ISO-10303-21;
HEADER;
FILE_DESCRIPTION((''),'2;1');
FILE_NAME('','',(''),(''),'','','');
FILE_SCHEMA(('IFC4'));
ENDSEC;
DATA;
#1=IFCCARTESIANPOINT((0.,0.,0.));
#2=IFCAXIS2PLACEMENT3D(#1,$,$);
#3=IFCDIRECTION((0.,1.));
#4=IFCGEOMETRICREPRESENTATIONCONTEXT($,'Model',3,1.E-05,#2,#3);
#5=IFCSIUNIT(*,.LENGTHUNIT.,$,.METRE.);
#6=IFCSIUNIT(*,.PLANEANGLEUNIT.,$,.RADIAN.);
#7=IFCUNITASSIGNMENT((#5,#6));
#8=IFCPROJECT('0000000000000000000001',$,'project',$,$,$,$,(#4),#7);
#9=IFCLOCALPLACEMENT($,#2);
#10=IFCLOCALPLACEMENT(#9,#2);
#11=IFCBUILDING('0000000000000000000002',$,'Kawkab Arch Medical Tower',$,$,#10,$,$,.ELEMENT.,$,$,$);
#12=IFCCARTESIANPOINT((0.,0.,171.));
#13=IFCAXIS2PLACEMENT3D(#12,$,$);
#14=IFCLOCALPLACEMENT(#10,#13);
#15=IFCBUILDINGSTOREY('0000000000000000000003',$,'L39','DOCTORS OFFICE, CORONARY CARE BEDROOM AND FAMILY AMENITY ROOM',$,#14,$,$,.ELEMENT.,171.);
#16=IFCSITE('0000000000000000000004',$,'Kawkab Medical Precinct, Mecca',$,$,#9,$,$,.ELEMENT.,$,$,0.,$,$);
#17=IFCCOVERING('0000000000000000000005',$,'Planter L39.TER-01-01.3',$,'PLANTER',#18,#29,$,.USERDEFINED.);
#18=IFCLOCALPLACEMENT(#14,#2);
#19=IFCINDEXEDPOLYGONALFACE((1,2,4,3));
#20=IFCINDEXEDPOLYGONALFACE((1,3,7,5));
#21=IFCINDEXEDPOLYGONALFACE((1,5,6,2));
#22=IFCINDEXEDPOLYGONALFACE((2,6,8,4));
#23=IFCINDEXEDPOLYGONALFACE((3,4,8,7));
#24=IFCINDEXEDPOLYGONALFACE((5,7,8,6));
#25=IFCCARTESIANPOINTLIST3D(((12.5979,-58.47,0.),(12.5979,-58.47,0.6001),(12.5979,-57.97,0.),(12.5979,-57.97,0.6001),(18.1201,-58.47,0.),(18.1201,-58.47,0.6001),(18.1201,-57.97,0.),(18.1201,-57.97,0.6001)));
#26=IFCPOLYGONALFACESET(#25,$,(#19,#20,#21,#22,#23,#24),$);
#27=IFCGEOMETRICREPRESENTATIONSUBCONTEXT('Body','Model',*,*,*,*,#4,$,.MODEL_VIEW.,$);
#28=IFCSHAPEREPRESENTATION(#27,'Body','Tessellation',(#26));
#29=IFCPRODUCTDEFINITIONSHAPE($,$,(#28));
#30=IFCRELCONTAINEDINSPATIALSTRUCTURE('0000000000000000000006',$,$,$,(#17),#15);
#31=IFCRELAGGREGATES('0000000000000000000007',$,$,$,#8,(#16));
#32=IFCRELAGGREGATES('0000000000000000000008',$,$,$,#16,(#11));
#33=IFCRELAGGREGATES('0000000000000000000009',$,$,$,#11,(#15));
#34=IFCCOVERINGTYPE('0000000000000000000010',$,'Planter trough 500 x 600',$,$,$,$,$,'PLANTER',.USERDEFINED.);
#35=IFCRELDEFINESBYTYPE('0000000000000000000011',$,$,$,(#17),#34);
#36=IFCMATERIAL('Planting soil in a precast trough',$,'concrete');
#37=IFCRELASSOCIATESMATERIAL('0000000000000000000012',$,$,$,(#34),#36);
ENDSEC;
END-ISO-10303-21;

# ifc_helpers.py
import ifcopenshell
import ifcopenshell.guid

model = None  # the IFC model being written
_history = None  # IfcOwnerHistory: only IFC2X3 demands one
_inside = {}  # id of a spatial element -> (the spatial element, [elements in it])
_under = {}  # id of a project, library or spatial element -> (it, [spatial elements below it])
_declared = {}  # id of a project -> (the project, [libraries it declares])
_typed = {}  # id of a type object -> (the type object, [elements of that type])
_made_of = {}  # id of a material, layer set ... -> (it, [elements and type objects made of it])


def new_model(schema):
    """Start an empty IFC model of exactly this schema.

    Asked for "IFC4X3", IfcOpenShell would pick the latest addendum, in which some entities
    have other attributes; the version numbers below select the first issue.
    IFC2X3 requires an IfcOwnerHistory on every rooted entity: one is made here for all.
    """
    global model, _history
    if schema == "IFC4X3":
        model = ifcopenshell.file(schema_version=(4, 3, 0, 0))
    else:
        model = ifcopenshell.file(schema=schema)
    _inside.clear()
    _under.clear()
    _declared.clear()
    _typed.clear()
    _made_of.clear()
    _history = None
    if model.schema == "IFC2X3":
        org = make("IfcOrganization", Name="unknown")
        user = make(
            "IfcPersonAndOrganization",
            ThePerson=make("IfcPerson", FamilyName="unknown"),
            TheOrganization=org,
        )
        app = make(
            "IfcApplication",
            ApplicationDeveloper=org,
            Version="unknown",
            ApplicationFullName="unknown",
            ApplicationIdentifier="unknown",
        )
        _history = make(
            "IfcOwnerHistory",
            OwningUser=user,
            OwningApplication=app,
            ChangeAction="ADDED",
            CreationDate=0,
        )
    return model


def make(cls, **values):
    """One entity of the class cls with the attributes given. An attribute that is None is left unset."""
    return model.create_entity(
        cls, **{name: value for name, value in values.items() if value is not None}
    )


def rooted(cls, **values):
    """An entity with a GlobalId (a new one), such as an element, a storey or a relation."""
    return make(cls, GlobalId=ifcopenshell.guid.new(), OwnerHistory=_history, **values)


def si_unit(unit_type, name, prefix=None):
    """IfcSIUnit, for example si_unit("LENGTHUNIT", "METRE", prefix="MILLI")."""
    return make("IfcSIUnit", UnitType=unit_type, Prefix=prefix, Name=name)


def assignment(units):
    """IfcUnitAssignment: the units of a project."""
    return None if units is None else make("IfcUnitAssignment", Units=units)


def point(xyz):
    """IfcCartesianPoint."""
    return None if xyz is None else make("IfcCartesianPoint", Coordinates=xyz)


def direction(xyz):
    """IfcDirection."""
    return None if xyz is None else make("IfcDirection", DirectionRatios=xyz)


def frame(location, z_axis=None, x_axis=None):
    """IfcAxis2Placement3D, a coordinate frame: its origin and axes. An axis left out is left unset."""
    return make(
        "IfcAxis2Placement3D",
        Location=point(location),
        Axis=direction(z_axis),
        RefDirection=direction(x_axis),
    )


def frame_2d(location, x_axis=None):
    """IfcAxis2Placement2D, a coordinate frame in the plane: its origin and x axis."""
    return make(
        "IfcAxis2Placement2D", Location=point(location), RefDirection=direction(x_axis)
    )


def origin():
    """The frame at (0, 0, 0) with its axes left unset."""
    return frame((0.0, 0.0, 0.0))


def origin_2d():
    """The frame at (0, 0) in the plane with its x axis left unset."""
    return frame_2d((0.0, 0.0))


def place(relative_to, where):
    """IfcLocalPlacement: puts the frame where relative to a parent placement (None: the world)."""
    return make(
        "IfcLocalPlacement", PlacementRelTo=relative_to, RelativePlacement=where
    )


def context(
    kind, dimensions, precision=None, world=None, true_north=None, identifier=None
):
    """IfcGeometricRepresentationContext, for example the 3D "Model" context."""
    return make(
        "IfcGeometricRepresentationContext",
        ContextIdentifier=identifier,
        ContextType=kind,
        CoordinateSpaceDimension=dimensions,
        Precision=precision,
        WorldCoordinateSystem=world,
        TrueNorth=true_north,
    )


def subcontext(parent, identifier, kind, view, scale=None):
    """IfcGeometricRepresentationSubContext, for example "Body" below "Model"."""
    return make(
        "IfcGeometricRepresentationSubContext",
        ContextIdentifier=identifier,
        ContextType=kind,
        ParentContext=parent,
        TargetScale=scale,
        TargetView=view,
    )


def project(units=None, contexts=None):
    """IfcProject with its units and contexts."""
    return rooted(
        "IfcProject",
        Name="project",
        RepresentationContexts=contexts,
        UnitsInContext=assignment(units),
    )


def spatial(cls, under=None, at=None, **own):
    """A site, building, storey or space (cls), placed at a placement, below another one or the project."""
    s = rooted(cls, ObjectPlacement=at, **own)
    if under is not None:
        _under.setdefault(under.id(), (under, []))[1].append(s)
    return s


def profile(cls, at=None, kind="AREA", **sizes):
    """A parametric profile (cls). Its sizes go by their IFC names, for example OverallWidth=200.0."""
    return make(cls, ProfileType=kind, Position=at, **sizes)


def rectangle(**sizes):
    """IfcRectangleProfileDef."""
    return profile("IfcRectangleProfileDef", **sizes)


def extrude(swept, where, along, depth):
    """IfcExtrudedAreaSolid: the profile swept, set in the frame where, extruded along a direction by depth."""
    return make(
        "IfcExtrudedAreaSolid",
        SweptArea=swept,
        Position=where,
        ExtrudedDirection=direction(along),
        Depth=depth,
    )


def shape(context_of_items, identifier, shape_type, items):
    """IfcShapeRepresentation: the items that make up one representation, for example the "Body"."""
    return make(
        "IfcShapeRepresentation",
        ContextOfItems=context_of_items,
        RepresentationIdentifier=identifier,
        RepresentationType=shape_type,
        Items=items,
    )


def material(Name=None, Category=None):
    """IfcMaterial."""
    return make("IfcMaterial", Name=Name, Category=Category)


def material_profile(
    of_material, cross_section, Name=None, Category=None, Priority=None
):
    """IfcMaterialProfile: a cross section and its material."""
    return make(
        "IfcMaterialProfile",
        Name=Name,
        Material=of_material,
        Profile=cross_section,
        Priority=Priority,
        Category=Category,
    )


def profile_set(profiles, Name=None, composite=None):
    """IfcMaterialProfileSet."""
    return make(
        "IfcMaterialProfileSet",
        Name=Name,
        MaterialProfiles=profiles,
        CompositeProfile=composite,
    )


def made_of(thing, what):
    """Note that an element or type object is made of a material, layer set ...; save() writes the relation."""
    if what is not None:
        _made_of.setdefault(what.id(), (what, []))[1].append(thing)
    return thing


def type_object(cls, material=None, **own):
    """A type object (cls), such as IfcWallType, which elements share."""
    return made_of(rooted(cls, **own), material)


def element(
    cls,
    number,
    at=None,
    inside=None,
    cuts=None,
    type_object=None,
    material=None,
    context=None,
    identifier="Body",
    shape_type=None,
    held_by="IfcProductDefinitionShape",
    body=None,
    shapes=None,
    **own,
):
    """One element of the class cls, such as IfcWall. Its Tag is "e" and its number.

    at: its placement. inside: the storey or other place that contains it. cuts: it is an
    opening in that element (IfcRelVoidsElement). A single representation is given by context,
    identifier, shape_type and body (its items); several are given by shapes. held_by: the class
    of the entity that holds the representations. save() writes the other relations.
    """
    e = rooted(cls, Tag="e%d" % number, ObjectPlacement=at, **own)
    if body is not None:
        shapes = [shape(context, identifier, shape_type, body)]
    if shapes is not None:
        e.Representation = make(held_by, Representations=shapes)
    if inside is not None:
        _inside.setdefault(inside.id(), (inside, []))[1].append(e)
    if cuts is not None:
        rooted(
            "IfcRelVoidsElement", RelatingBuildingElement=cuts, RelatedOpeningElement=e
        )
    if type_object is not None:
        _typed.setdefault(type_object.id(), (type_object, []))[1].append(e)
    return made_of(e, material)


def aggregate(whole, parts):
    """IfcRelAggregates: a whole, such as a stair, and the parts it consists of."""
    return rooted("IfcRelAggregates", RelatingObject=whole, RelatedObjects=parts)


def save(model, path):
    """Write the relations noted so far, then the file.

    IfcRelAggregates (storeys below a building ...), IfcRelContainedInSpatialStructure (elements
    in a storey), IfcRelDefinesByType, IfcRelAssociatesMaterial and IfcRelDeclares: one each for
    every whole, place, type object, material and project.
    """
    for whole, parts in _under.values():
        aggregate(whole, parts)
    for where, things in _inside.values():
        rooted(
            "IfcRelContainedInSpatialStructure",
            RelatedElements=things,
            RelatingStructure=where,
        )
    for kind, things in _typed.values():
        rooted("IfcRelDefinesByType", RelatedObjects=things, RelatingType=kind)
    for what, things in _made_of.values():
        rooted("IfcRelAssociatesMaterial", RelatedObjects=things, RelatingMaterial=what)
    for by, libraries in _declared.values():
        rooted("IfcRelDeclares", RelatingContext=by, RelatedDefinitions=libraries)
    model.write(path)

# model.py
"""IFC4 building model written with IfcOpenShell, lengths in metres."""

from ifc_helpers import new_model, si_unit, direction, frame, origin, origin_2d, place, context, subcontext, project, spatial, rectangle, extrude, material, material_profile, profile_set, type_object, element, save


model = new_model("IFC4")

# Units and contexts
model_context = context("Model", 3, precision=1e-05, world=origin(), true_north=direction((0.0, 1.0)))
body_context = subcontext(model_context, "Body", "Model", "MODEL_VIEW")
ifc_project = project(units=[si_unit("LENGTHUNIT", "METRE"), si_unit("PLANEANGLEUNIT", "RADIAN")], contexts=[model_context])

# Site, building, storey
site_placement = place(None, origin())
site = spatial("IfcSite", under=ifc_project, at=site_placement, Name="Kawkab Medical Precinct, Mecca", CompositionType="ELEMENT", RefElevation=0.0)
building_placement = place(site_placement, origin())
building = spatial("IfcBuilding", under=site, at=building_placement, Name="Kawkab Arch Medical Tower", CompositionType="ELEMENT")
storey_placement = place(building_placement, frame((0.0, 0.0, 171.0)))
storey = spatial("IfcBuildingStorey", under=building, at=storey_placement, Name="L39", Description="DOCTORS OFFICE, CORONARY CARE BEDROOM AND FAMILY AMENITY ROOM", CompositionType="ELEMENT", Elevation=171.0)

# Covering
ifc_material_1 = material(Name="Planting soil in a precast trough", Category="concrete")
ifc_material_profile_1 = material_profile(ifc_material_1, rectangle(XDim=0.5, YDim=0.6001, at=origin_2d()), Name="Trough 500x600")
ifc_profile_set_1 = profile_set([ifc_material_profile_1], Name="Planting soil in a precast trough")
covering_type = type_object("IfcCoveringType", Name="Planter trough 500 x 600", ElementType="PLANTER", PredefinedType="USERDEFINED", material=ifc_profile_set_1)
covering_1_placement = place(storey_placement, frame((12.5979, -58.22, 0.3), z_axis=(1.0, 0.0, 0.0), x_axis=(0.0, 1.0, 0.0)))
element("IfcCovering", 1, at=covering_1_placement, inside=storey, type_object=covering_type, Name="Planter L39.TER-01-01.3", ObjectType="PLANTER", PredefinedType="USERDEFINED", context=body_context, shape_type="SweptSolid", body=[
    extrude(rectangle(XDim=0.5, YDim=0.6001, at=origin_2d()), origin(), (0.0, 0.0, 1.0), 5.5222),
])

save(model, "model.ifc")
